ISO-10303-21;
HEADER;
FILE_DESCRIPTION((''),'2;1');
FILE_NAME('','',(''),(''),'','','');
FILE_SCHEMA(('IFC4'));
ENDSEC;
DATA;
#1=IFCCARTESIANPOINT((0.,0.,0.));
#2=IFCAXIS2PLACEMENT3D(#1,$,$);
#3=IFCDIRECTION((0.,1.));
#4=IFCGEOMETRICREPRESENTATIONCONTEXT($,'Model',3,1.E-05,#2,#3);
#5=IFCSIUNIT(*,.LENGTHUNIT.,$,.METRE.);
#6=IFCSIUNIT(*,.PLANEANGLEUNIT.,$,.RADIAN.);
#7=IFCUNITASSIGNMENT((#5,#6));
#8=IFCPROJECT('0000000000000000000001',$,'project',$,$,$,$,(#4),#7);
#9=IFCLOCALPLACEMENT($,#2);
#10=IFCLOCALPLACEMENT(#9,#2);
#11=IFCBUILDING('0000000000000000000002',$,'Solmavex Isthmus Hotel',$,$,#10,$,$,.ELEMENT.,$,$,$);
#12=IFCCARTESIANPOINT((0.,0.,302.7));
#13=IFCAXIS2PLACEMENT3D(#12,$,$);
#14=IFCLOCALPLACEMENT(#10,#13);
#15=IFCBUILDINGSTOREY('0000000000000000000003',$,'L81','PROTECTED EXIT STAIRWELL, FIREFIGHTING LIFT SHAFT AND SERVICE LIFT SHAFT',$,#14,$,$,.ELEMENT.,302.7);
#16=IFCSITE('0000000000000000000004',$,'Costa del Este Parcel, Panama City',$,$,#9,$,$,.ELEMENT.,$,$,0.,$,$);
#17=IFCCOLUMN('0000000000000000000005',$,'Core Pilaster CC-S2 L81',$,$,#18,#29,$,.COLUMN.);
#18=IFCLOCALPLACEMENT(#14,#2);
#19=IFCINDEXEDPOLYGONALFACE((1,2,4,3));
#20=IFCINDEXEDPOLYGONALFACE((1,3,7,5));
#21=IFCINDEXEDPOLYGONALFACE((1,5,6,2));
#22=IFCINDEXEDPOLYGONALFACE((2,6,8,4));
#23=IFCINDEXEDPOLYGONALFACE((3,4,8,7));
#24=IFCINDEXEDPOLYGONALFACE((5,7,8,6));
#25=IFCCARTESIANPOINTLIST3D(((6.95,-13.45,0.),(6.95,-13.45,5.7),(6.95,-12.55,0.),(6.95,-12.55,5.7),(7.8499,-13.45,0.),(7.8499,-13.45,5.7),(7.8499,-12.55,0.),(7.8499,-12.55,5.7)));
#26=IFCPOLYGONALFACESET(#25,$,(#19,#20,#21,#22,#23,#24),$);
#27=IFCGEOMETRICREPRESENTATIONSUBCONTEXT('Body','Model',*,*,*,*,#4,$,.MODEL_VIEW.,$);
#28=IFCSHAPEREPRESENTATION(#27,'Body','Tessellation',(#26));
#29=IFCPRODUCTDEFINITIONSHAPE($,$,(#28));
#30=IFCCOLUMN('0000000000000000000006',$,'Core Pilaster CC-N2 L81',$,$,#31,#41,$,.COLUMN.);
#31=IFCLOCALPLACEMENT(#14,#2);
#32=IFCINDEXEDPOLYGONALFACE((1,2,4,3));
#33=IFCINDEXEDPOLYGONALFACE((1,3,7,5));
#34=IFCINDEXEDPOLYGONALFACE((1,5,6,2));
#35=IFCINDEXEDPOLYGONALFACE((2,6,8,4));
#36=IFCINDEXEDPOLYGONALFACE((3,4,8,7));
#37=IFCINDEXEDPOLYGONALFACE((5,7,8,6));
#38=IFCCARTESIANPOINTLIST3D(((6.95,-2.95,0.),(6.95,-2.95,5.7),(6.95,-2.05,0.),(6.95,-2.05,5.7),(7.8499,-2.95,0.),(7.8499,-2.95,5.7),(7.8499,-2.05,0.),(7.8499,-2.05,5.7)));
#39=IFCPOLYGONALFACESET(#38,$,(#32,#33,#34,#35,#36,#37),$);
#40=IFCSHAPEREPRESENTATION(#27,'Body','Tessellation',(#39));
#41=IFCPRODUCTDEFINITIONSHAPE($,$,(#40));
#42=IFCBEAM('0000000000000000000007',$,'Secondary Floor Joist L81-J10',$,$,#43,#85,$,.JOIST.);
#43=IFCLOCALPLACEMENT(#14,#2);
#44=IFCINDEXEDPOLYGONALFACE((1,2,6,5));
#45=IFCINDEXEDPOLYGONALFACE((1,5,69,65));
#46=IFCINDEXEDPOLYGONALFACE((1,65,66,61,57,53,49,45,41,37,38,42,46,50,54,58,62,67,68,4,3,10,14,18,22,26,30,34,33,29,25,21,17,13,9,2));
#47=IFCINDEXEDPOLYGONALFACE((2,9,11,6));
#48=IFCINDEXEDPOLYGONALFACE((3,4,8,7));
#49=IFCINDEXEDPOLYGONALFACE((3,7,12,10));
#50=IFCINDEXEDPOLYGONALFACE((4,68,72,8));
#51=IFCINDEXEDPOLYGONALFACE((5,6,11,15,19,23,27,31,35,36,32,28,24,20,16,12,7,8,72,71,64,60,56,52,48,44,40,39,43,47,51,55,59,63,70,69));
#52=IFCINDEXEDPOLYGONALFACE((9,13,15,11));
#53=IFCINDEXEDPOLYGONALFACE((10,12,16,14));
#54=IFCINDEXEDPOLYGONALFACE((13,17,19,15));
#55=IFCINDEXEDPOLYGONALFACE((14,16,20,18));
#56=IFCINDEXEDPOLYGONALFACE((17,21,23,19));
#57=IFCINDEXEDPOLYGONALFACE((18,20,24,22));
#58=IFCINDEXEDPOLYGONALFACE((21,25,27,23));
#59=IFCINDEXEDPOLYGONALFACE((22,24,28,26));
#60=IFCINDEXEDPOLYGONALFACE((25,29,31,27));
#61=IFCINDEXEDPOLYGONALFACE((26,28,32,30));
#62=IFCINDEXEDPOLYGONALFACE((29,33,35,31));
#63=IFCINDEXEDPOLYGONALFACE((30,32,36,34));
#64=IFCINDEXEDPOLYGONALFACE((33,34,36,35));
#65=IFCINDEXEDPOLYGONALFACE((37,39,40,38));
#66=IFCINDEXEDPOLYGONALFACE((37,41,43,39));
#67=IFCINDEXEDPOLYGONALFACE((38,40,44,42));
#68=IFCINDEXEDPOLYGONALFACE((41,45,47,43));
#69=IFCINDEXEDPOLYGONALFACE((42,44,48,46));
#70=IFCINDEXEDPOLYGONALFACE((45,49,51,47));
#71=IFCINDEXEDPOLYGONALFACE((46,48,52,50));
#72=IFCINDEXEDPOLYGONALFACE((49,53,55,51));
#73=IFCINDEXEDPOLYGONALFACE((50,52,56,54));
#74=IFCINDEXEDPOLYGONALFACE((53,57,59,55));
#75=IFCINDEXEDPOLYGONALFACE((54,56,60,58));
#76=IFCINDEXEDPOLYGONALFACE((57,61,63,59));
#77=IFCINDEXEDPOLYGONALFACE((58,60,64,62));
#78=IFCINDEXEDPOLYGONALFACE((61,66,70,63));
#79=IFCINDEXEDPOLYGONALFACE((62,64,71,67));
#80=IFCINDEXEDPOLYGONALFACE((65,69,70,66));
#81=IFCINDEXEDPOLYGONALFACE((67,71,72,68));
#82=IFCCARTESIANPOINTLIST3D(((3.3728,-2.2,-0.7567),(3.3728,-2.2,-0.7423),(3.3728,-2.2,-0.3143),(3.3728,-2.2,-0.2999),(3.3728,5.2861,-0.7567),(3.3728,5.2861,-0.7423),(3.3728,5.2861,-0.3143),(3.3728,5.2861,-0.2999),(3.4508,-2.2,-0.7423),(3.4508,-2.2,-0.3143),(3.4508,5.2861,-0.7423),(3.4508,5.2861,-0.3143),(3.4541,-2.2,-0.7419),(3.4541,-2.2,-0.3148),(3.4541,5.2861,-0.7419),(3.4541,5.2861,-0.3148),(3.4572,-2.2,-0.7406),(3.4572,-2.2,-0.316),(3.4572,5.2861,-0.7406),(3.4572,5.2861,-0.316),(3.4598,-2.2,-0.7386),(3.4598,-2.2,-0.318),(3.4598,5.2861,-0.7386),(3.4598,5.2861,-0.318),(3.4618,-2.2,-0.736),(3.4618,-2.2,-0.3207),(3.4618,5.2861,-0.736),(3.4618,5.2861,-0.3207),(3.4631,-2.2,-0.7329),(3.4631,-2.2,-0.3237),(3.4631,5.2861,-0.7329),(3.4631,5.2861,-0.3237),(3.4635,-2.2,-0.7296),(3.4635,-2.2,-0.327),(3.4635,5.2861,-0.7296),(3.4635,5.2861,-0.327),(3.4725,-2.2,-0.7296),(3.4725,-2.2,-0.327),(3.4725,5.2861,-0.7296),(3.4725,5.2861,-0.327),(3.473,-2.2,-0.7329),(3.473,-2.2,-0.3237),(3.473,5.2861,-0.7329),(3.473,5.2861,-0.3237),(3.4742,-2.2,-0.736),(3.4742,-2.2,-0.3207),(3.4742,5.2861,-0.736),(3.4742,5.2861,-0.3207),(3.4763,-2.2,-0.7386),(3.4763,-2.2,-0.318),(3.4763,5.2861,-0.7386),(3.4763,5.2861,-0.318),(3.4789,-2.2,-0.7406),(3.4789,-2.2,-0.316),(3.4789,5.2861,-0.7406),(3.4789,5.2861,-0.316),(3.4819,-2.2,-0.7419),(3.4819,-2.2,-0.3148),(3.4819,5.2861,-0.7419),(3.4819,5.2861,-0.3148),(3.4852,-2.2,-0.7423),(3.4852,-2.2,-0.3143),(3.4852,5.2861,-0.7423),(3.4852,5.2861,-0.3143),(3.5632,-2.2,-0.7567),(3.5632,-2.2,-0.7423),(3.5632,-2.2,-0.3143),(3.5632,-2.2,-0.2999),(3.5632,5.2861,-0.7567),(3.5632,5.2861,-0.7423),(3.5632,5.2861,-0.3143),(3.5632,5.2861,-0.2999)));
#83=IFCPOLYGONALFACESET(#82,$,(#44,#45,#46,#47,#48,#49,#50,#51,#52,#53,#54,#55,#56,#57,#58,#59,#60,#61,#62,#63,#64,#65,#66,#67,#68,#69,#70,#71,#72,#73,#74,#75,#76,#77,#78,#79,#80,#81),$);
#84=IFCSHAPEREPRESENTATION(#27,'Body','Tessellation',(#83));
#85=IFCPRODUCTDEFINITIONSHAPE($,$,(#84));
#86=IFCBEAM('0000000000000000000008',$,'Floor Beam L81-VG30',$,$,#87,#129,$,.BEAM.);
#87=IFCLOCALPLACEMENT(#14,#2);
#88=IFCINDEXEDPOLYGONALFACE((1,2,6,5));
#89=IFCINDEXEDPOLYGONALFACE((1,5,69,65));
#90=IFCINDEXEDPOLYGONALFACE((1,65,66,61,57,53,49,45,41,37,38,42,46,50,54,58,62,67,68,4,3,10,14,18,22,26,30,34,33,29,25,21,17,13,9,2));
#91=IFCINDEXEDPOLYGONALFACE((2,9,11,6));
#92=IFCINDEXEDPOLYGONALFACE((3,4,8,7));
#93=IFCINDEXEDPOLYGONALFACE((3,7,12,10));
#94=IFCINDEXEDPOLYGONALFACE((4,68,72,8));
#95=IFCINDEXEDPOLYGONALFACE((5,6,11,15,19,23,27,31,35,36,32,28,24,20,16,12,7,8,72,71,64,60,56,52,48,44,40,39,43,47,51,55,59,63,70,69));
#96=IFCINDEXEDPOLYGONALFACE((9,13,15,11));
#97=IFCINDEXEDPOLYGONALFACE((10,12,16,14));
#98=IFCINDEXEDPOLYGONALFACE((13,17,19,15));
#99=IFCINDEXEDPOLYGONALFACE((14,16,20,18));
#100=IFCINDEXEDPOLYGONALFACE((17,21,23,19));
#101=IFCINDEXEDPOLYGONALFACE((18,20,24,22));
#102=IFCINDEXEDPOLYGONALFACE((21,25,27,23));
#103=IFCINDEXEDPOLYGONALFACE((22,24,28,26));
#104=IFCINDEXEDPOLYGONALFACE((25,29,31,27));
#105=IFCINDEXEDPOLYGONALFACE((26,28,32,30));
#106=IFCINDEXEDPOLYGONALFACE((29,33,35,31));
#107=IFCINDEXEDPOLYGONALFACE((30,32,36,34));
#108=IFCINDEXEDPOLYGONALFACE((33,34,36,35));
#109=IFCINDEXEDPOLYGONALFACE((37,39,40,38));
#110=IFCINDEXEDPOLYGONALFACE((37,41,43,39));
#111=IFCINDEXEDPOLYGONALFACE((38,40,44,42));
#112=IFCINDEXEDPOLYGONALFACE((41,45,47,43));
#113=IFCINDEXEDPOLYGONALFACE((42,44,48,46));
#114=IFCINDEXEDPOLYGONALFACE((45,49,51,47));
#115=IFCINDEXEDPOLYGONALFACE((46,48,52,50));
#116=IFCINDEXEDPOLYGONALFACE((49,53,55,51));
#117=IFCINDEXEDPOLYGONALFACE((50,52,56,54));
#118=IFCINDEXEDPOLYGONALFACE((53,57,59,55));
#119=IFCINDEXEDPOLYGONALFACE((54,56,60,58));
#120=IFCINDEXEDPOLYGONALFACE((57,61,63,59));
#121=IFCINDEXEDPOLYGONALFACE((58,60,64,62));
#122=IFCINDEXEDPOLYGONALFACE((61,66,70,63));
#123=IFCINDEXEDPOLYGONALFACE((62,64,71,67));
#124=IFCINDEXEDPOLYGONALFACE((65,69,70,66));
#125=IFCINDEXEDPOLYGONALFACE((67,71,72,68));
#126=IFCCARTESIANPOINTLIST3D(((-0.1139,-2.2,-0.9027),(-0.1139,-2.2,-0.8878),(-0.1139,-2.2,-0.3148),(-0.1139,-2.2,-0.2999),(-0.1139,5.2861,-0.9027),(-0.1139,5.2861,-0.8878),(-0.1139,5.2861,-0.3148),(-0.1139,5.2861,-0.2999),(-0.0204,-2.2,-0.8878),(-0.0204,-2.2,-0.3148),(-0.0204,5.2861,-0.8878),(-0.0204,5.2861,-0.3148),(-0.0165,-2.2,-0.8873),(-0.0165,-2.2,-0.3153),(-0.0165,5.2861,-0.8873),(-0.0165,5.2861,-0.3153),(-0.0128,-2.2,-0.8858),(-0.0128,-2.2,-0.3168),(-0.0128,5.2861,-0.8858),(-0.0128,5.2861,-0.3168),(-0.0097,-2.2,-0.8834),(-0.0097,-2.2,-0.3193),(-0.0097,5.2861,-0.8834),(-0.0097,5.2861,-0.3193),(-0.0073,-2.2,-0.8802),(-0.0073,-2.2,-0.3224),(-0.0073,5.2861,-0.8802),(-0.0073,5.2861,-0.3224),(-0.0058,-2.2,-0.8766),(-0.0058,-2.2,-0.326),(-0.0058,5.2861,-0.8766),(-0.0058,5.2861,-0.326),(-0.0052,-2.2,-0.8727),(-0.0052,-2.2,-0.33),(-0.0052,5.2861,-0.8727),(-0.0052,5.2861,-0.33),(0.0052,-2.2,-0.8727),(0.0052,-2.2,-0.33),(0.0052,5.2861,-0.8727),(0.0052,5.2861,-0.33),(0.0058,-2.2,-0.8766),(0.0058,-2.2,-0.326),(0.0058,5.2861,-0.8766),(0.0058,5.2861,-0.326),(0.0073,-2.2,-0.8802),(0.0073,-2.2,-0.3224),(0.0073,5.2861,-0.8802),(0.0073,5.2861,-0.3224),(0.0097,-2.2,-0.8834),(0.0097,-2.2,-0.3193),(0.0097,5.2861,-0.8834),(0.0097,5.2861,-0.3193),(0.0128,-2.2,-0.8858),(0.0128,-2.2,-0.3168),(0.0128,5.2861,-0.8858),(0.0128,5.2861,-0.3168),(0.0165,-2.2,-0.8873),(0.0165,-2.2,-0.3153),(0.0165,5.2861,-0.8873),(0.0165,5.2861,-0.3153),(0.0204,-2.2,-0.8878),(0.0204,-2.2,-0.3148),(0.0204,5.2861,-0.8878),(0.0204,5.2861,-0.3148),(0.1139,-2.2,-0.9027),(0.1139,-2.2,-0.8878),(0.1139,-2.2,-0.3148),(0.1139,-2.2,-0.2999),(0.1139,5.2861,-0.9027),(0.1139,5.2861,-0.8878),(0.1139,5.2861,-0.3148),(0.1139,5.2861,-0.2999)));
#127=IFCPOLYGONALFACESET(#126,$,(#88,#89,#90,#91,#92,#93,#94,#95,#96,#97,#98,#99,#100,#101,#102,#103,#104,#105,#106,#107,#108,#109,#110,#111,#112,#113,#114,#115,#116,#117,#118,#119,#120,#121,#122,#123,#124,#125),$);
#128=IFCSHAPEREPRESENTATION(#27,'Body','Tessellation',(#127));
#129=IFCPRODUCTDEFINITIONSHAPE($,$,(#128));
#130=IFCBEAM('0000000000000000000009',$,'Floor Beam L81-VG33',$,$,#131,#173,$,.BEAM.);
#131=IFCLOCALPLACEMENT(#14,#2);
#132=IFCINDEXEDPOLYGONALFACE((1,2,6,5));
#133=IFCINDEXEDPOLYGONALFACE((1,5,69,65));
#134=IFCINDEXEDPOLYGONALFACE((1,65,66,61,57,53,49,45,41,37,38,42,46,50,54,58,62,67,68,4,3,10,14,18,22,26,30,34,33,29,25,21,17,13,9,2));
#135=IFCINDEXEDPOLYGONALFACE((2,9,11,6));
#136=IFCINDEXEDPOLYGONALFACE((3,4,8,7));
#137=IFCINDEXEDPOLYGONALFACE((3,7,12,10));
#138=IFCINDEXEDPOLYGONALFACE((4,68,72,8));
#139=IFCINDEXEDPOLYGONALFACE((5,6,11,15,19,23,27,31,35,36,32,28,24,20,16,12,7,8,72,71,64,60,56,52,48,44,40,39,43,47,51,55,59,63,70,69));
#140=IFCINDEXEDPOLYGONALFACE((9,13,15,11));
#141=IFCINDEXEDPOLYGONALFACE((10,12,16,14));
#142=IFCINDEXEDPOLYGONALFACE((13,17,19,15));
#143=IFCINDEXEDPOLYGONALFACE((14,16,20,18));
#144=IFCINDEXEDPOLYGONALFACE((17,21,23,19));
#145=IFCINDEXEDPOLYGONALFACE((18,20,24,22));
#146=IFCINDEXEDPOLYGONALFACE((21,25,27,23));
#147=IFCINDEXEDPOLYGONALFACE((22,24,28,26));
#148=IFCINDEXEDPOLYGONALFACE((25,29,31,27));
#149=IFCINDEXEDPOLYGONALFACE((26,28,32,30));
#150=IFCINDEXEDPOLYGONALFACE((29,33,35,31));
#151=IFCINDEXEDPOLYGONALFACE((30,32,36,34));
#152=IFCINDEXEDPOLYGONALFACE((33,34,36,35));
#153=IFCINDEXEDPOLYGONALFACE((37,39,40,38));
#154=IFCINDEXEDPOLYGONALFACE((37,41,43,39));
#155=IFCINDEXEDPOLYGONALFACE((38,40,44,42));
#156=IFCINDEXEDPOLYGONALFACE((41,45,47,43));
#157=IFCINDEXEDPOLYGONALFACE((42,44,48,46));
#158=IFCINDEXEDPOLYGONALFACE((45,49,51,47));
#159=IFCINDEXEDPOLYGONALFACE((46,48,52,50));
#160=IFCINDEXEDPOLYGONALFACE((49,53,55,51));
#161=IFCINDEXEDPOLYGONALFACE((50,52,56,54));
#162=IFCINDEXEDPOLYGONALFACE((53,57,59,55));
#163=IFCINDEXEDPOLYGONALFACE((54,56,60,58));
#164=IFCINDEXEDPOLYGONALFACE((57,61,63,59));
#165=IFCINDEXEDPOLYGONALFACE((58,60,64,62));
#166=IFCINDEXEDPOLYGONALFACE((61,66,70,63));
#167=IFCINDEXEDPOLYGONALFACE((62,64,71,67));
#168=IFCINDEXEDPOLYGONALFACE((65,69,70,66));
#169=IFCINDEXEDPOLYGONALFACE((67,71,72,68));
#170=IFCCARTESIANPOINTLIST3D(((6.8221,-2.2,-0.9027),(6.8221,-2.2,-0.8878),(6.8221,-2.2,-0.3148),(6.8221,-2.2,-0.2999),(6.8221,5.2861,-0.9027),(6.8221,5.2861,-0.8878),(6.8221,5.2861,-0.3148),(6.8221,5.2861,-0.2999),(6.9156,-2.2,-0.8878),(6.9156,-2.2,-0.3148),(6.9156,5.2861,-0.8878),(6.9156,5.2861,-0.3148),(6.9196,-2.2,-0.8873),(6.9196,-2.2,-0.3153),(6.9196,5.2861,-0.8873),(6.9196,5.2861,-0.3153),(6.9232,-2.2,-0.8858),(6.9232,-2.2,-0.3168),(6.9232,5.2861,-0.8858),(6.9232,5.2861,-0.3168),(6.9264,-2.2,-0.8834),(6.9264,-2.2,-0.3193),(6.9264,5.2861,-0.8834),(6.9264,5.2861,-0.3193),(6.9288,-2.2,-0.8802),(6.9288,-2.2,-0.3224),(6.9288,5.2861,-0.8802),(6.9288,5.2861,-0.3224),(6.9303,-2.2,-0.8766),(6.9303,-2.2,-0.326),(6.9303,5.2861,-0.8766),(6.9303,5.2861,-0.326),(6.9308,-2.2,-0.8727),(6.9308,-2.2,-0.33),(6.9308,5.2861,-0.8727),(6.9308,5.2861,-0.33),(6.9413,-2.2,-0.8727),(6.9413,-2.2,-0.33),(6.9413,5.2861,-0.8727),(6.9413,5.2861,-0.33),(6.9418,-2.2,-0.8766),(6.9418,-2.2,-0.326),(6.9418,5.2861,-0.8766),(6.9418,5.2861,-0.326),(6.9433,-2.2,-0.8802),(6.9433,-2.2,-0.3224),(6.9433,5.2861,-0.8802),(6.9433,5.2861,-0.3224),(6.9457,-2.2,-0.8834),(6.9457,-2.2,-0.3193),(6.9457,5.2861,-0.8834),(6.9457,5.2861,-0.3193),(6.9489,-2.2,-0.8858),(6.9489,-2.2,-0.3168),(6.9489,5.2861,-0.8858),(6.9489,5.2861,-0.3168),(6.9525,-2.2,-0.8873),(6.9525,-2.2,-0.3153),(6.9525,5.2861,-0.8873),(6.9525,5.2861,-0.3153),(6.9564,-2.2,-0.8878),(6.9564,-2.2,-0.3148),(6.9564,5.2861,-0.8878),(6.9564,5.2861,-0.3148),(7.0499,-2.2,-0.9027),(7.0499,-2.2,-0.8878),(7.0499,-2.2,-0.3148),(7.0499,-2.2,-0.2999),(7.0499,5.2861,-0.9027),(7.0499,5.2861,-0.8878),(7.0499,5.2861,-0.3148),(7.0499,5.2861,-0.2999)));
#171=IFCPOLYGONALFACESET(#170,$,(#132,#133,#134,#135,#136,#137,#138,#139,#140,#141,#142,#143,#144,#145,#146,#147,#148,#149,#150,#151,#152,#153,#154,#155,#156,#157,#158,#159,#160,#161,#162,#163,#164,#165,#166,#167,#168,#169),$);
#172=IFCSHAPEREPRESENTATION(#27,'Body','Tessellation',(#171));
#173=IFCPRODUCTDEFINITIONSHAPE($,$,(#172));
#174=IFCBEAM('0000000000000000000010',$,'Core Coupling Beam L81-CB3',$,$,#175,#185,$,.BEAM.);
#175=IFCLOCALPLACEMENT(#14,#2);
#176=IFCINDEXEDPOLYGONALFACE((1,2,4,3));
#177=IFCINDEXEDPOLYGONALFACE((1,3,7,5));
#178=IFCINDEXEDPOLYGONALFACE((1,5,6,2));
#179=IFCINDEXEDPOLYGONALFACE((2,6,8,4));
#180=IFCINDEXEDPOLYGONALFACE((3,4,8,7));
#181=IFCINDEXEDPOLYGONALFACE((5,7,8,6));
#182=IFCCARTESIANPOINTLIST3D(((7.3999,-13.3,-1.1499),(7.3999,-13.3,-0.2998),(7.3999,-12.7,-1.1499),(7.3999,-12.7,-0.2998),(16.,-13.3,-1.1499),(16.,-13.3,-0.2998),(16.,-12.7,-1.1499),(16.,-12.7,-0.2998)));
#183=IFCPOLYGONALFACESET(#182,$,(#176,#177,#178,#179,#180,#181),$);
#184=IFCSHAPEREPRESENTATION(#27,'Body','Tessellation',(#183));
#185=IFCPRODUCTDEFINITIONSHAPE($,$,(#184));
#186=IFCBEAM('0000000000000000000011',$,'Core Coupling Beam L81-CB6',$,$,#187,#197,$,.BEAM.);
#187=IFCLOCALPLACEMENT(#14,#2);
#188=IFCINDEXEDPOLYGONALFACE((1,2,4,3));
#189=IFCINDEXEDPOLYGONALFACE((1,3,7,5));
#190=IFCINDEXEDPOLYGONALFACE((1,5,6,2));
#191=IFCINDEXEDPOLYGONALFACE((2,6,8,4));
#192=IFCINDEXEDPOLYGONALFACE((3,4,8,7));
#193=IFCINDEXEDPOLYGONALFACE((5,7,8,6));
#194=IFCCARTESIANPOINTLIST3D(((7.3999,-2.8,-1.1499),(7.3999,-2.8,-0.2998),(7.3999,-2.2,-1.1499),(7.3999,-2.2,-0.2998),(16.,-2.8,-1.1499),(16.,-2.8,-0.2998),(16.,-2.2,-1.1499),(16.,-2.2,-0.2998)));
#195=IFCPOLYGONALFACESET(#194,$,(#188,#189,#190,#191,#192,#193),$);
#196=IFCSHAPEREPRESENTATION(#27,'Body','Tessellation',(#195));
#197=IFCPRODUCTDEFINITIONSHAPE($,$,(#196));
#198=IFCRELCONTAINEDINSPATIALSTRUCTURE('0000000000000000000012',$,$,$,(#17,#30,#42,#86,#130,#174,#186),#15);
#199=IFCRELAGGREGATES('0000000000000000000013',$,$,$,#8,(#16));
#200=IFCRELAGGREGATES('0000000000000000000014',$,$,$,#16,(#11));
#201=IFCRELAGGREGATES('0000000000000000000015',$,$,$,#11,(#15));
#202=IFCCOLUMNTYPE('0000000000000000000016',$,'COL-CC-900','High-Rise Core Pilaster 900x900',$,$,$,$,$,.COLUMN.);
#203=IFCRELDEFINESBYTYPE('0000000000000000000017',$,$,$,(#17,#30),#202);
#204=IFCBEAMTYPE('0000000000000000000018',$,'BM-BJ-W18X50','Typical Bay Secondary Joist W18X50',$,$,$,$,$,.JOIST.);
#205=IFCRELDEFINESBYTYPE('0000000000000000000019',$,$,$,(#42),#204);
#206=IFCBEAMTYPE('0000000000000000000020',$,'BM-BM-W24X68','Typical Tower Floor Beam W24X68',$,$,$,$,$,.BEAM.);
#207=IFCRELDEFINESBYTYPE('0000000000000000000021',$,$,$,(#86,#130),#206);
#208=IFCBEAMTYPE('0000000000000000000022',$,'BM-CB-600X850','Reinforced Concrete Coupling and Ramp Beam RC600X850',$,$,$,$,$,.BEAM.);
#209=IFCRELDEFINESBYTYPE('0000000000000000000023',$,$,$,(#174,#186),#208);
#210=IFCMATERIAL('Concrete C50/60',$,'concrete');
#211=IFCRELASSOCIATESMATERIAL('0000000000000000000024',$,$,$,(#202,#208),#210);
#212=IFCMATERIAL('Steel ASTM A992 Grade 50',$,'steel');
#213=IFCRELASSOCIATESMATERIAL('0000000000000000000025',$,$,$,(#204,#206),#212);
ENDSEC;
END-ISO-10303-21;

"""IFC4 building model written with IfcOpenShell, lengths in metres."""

from ifc_helpers import new_model, si_unit, direction, frame, origin, origin_2d, place, context, subcontext, project, spatial, rectangle, i_section, extrude, material, material_profile, profile_set, type_object, element, save


model = new_model("IFC4")

# Units and contexts
model_context = context("Model", 3, precision=1e-05, world=origin(), true_north=direction((0.0, 1.0)))
body_context = subcontext(model_context, "Body", "Model", "MODEL_VIEW")
ifc_project = project(units=[si_unit("LENGTHUNIT", "METRE"), si_unit("PLANEANGLEUNIT", "RADIAN")], contexts=[model_context])

# Site, building, storey
site_placement = place(None, origin())
site = spatial("IfcSite", under=ifc_project, at=site_placement, Name="Costa del Este Parcel, Panama City", CompositionType="ELEMENT", RefElevation=0.0)
building_placement = place(site_placement, origin())
building = spatial("IfcBuilding", under=site, at=building_placement, Name="Solmavex Isthmus Hotel", CompositionType="ELEMENT")
storey_placement = place(building_placement, frame((0.0, 0.0, 302.7)))
storey = spatial("IfcBuildingStorey", under=building, at=storey_placement, Name="L81", Description="PROTECTED EXIT STAIRWELL, FIREFIGHTING LIFT SHAFT AND SERVICE LIFT SHAFT", CompositionType="ELEMENT", Elevation=302.7)

# Columns
ifc_material_1 = material(Name="Concrete C50/60", Category="concrete")
ifc_material_profile_1 = material_profile(ifc_material_1, rectangle(XDim=0.8999, YDim=0.8999, at=origin_2d()), Name="RC900X900")
ifc_profile_set_1 = profile_set([ifc_material_profile_1], Name="Concrete C50/60")
column_type = type_object("IfcColumnType", Name="COL-CC-900", Description="High-Rise Core Pilaster 900x900", PredefinedType="COLUMN", material=ifc_profile_set_1)
for number, where, z_axis, x_axis, name in (
    (1, (7.3999, -13.0, 0.0), (0.0, 0.0, 1.0), (1.0, 0.0, 0.0), "Core Pilaster CC-S2 L81"),
    (2, (7.3999, -2.5, 0.0), (0.0, 0.0, 1.0), (1.0, 0.0, 0.0), "Core Pilaster CC-N2 L81"),
):
    element("IfcColumn", number, at=place(storey_placement, frame(where, z_axis=z_axis, x_axis=x_axis)), inside=storey, type_object=column_type, Name=name, PredefinedType="COLUMN", context=body_context, shape_type="SweptSolid", body=[
        extrude(rectangle(XDim=0.8999, YDim=0.8999, at=origin_2d()), origin(), (0.0, 0.0, 1.0), 5.7),
    ])

# Beams
ifc_material_2 = material(Name="Steel ASTM A992 Grade 50", Category="steel")
ifc_material_profile_2 = material_profile(ifc_material_2, i_section(OverallWidth=0.1904, OverallDepth=0.4568, WebThickness=0.009, FlangeThickness=0.0144, FilletRadius=0.0127, at=origin_2d()), Name="W18X50")
ifc_profile_set_2 = profile_set([ifc_material_profile_2], Name="Steel ASTM A992 Grade 50")
beam_type_1 = type_object("IfcBeamType", Name="BM-BJ-W18X50", Description="Typical Bay Secondary Joist W18X50", PredefinedType="JOIST", material=ifc_profile_set_2)
beam_placement = place(storey_placement, frame((3.468, -2.2, -0.5283), z_axis=(0.0, 1.0, 0.0), x_axis=(-1.0, 0.0, 0.0)))
element("IfcBeam", 3, at=beam_placement, inside=storey, type_object=beam_type_1, Name="Secondary Floor Joist L81-J10", PredefinedType="JOIST", context=body_context, shape_type="SweptSolid", body=[
    extrude(i_section(OverallWidth=0.1904, OverallDepth=0.4568, WebThickness=0.009, FlangeThickness=0.0144, FilletRadius=0.0127, at=origin_2d()), origin(), (0.0, 0.0, 1.0), 7.4861),
])
ifc_material_profile_3 = material_profile(ifc_material_2, i_section(OverallWidth=0.2278, OverallDepth=0.6028, WebThickness=0.0105, FlangeThickness=0.0149, FilletRadius=0.0151, at=origin_2d()), Name="W24X68")
ifc_profile_set_3 = profile_set([ifc_material_profile_3], Name="Steel ASTM A992 Grade 50")
beam_type_2 = type_object("IfcBeamType", Name="BM-BM-W24X68", Description="Typical Tower Floor Beam W24X68", PredefinedType="BEAM", material=ifc_profile_set_3)
for number, where, z_axis, x_axis, name in (
    (4, (0.0, -2.2, -0.6013), (0.0, 1.0, 0.0), (-1.0, 0.0, 0.0), "Floor Beam L81-VG30"),
    (5, (6.936, -2.2, -0.6013), (0.0, 1.0, 0.0), (-1.0, 0.0, 0.0), "Floor Beam L81-VG33"),
):
    element("IfcBeam", number, at=place(storey_placement, frame(where, z_axis=z_axis, x_axis=x_axis)), inside=storey, type_object=beam_type_2, Name=name, PredefinedType="BEAM", context=body_context, shape_type="SweptSolid", body=[
        extrude(i_section(OverallWidth=0.2278, OverallDepth=0.6028, WebThickness=0.0105, FlangeThickness=0.0149, FilletRadius=0.0151, at=origin_2d()), origin(), (0.0, 0.0, 1.0), 7.4861),
    ])
ifc_material_profile_4 = material_profile(ifc_material_1, rectangle(XDim=0.6001, YDim=0.8501, at=origin_2d()), Name="RC600X850")
ifc_profile_set_4 = profile_set([ifc_material_profile_4], Name="Concrete C50/60")
beam_type_3 = type_object("IfcBeamType", Name="BM-CB-600X850", Description="Reinforced Concrete Coupling and Ramp Beam RC600X850", PredefinedType="BEAM", material=ifc_profile_set_4)
for number, where, z_axis, x_axis, name in (
    (6, (7.3999, -13.0, -0.7249), (1.0, 0.0, 0.0), (0.0, 1.0, 0.0), "Core Coupling Beam L81-CB3"),
    (7, (7.3999, -2.5, -0.7249), (1.0, 0.0, 0.0), (0.0, 1.0, 0.0), "Core Coupling Beam L81-CB6"),
):
    element("IfcBeam", number, at=place(storey_placement, frame(where, z_axis=z_axis, x_axis=x_axis)), inside=storey, type_object=beam_type_3, Name=name, PredefinedType="BEAM", context=body_context, shape_type="SweptSolid", body=[
        extrude(rectangle(XDim=0.6001, YDim=0.8501, at=origin_2d()), origin(), (0.0, 0.0, 1.0), 8.6001),
    ])

save(model, "model.ifc")
